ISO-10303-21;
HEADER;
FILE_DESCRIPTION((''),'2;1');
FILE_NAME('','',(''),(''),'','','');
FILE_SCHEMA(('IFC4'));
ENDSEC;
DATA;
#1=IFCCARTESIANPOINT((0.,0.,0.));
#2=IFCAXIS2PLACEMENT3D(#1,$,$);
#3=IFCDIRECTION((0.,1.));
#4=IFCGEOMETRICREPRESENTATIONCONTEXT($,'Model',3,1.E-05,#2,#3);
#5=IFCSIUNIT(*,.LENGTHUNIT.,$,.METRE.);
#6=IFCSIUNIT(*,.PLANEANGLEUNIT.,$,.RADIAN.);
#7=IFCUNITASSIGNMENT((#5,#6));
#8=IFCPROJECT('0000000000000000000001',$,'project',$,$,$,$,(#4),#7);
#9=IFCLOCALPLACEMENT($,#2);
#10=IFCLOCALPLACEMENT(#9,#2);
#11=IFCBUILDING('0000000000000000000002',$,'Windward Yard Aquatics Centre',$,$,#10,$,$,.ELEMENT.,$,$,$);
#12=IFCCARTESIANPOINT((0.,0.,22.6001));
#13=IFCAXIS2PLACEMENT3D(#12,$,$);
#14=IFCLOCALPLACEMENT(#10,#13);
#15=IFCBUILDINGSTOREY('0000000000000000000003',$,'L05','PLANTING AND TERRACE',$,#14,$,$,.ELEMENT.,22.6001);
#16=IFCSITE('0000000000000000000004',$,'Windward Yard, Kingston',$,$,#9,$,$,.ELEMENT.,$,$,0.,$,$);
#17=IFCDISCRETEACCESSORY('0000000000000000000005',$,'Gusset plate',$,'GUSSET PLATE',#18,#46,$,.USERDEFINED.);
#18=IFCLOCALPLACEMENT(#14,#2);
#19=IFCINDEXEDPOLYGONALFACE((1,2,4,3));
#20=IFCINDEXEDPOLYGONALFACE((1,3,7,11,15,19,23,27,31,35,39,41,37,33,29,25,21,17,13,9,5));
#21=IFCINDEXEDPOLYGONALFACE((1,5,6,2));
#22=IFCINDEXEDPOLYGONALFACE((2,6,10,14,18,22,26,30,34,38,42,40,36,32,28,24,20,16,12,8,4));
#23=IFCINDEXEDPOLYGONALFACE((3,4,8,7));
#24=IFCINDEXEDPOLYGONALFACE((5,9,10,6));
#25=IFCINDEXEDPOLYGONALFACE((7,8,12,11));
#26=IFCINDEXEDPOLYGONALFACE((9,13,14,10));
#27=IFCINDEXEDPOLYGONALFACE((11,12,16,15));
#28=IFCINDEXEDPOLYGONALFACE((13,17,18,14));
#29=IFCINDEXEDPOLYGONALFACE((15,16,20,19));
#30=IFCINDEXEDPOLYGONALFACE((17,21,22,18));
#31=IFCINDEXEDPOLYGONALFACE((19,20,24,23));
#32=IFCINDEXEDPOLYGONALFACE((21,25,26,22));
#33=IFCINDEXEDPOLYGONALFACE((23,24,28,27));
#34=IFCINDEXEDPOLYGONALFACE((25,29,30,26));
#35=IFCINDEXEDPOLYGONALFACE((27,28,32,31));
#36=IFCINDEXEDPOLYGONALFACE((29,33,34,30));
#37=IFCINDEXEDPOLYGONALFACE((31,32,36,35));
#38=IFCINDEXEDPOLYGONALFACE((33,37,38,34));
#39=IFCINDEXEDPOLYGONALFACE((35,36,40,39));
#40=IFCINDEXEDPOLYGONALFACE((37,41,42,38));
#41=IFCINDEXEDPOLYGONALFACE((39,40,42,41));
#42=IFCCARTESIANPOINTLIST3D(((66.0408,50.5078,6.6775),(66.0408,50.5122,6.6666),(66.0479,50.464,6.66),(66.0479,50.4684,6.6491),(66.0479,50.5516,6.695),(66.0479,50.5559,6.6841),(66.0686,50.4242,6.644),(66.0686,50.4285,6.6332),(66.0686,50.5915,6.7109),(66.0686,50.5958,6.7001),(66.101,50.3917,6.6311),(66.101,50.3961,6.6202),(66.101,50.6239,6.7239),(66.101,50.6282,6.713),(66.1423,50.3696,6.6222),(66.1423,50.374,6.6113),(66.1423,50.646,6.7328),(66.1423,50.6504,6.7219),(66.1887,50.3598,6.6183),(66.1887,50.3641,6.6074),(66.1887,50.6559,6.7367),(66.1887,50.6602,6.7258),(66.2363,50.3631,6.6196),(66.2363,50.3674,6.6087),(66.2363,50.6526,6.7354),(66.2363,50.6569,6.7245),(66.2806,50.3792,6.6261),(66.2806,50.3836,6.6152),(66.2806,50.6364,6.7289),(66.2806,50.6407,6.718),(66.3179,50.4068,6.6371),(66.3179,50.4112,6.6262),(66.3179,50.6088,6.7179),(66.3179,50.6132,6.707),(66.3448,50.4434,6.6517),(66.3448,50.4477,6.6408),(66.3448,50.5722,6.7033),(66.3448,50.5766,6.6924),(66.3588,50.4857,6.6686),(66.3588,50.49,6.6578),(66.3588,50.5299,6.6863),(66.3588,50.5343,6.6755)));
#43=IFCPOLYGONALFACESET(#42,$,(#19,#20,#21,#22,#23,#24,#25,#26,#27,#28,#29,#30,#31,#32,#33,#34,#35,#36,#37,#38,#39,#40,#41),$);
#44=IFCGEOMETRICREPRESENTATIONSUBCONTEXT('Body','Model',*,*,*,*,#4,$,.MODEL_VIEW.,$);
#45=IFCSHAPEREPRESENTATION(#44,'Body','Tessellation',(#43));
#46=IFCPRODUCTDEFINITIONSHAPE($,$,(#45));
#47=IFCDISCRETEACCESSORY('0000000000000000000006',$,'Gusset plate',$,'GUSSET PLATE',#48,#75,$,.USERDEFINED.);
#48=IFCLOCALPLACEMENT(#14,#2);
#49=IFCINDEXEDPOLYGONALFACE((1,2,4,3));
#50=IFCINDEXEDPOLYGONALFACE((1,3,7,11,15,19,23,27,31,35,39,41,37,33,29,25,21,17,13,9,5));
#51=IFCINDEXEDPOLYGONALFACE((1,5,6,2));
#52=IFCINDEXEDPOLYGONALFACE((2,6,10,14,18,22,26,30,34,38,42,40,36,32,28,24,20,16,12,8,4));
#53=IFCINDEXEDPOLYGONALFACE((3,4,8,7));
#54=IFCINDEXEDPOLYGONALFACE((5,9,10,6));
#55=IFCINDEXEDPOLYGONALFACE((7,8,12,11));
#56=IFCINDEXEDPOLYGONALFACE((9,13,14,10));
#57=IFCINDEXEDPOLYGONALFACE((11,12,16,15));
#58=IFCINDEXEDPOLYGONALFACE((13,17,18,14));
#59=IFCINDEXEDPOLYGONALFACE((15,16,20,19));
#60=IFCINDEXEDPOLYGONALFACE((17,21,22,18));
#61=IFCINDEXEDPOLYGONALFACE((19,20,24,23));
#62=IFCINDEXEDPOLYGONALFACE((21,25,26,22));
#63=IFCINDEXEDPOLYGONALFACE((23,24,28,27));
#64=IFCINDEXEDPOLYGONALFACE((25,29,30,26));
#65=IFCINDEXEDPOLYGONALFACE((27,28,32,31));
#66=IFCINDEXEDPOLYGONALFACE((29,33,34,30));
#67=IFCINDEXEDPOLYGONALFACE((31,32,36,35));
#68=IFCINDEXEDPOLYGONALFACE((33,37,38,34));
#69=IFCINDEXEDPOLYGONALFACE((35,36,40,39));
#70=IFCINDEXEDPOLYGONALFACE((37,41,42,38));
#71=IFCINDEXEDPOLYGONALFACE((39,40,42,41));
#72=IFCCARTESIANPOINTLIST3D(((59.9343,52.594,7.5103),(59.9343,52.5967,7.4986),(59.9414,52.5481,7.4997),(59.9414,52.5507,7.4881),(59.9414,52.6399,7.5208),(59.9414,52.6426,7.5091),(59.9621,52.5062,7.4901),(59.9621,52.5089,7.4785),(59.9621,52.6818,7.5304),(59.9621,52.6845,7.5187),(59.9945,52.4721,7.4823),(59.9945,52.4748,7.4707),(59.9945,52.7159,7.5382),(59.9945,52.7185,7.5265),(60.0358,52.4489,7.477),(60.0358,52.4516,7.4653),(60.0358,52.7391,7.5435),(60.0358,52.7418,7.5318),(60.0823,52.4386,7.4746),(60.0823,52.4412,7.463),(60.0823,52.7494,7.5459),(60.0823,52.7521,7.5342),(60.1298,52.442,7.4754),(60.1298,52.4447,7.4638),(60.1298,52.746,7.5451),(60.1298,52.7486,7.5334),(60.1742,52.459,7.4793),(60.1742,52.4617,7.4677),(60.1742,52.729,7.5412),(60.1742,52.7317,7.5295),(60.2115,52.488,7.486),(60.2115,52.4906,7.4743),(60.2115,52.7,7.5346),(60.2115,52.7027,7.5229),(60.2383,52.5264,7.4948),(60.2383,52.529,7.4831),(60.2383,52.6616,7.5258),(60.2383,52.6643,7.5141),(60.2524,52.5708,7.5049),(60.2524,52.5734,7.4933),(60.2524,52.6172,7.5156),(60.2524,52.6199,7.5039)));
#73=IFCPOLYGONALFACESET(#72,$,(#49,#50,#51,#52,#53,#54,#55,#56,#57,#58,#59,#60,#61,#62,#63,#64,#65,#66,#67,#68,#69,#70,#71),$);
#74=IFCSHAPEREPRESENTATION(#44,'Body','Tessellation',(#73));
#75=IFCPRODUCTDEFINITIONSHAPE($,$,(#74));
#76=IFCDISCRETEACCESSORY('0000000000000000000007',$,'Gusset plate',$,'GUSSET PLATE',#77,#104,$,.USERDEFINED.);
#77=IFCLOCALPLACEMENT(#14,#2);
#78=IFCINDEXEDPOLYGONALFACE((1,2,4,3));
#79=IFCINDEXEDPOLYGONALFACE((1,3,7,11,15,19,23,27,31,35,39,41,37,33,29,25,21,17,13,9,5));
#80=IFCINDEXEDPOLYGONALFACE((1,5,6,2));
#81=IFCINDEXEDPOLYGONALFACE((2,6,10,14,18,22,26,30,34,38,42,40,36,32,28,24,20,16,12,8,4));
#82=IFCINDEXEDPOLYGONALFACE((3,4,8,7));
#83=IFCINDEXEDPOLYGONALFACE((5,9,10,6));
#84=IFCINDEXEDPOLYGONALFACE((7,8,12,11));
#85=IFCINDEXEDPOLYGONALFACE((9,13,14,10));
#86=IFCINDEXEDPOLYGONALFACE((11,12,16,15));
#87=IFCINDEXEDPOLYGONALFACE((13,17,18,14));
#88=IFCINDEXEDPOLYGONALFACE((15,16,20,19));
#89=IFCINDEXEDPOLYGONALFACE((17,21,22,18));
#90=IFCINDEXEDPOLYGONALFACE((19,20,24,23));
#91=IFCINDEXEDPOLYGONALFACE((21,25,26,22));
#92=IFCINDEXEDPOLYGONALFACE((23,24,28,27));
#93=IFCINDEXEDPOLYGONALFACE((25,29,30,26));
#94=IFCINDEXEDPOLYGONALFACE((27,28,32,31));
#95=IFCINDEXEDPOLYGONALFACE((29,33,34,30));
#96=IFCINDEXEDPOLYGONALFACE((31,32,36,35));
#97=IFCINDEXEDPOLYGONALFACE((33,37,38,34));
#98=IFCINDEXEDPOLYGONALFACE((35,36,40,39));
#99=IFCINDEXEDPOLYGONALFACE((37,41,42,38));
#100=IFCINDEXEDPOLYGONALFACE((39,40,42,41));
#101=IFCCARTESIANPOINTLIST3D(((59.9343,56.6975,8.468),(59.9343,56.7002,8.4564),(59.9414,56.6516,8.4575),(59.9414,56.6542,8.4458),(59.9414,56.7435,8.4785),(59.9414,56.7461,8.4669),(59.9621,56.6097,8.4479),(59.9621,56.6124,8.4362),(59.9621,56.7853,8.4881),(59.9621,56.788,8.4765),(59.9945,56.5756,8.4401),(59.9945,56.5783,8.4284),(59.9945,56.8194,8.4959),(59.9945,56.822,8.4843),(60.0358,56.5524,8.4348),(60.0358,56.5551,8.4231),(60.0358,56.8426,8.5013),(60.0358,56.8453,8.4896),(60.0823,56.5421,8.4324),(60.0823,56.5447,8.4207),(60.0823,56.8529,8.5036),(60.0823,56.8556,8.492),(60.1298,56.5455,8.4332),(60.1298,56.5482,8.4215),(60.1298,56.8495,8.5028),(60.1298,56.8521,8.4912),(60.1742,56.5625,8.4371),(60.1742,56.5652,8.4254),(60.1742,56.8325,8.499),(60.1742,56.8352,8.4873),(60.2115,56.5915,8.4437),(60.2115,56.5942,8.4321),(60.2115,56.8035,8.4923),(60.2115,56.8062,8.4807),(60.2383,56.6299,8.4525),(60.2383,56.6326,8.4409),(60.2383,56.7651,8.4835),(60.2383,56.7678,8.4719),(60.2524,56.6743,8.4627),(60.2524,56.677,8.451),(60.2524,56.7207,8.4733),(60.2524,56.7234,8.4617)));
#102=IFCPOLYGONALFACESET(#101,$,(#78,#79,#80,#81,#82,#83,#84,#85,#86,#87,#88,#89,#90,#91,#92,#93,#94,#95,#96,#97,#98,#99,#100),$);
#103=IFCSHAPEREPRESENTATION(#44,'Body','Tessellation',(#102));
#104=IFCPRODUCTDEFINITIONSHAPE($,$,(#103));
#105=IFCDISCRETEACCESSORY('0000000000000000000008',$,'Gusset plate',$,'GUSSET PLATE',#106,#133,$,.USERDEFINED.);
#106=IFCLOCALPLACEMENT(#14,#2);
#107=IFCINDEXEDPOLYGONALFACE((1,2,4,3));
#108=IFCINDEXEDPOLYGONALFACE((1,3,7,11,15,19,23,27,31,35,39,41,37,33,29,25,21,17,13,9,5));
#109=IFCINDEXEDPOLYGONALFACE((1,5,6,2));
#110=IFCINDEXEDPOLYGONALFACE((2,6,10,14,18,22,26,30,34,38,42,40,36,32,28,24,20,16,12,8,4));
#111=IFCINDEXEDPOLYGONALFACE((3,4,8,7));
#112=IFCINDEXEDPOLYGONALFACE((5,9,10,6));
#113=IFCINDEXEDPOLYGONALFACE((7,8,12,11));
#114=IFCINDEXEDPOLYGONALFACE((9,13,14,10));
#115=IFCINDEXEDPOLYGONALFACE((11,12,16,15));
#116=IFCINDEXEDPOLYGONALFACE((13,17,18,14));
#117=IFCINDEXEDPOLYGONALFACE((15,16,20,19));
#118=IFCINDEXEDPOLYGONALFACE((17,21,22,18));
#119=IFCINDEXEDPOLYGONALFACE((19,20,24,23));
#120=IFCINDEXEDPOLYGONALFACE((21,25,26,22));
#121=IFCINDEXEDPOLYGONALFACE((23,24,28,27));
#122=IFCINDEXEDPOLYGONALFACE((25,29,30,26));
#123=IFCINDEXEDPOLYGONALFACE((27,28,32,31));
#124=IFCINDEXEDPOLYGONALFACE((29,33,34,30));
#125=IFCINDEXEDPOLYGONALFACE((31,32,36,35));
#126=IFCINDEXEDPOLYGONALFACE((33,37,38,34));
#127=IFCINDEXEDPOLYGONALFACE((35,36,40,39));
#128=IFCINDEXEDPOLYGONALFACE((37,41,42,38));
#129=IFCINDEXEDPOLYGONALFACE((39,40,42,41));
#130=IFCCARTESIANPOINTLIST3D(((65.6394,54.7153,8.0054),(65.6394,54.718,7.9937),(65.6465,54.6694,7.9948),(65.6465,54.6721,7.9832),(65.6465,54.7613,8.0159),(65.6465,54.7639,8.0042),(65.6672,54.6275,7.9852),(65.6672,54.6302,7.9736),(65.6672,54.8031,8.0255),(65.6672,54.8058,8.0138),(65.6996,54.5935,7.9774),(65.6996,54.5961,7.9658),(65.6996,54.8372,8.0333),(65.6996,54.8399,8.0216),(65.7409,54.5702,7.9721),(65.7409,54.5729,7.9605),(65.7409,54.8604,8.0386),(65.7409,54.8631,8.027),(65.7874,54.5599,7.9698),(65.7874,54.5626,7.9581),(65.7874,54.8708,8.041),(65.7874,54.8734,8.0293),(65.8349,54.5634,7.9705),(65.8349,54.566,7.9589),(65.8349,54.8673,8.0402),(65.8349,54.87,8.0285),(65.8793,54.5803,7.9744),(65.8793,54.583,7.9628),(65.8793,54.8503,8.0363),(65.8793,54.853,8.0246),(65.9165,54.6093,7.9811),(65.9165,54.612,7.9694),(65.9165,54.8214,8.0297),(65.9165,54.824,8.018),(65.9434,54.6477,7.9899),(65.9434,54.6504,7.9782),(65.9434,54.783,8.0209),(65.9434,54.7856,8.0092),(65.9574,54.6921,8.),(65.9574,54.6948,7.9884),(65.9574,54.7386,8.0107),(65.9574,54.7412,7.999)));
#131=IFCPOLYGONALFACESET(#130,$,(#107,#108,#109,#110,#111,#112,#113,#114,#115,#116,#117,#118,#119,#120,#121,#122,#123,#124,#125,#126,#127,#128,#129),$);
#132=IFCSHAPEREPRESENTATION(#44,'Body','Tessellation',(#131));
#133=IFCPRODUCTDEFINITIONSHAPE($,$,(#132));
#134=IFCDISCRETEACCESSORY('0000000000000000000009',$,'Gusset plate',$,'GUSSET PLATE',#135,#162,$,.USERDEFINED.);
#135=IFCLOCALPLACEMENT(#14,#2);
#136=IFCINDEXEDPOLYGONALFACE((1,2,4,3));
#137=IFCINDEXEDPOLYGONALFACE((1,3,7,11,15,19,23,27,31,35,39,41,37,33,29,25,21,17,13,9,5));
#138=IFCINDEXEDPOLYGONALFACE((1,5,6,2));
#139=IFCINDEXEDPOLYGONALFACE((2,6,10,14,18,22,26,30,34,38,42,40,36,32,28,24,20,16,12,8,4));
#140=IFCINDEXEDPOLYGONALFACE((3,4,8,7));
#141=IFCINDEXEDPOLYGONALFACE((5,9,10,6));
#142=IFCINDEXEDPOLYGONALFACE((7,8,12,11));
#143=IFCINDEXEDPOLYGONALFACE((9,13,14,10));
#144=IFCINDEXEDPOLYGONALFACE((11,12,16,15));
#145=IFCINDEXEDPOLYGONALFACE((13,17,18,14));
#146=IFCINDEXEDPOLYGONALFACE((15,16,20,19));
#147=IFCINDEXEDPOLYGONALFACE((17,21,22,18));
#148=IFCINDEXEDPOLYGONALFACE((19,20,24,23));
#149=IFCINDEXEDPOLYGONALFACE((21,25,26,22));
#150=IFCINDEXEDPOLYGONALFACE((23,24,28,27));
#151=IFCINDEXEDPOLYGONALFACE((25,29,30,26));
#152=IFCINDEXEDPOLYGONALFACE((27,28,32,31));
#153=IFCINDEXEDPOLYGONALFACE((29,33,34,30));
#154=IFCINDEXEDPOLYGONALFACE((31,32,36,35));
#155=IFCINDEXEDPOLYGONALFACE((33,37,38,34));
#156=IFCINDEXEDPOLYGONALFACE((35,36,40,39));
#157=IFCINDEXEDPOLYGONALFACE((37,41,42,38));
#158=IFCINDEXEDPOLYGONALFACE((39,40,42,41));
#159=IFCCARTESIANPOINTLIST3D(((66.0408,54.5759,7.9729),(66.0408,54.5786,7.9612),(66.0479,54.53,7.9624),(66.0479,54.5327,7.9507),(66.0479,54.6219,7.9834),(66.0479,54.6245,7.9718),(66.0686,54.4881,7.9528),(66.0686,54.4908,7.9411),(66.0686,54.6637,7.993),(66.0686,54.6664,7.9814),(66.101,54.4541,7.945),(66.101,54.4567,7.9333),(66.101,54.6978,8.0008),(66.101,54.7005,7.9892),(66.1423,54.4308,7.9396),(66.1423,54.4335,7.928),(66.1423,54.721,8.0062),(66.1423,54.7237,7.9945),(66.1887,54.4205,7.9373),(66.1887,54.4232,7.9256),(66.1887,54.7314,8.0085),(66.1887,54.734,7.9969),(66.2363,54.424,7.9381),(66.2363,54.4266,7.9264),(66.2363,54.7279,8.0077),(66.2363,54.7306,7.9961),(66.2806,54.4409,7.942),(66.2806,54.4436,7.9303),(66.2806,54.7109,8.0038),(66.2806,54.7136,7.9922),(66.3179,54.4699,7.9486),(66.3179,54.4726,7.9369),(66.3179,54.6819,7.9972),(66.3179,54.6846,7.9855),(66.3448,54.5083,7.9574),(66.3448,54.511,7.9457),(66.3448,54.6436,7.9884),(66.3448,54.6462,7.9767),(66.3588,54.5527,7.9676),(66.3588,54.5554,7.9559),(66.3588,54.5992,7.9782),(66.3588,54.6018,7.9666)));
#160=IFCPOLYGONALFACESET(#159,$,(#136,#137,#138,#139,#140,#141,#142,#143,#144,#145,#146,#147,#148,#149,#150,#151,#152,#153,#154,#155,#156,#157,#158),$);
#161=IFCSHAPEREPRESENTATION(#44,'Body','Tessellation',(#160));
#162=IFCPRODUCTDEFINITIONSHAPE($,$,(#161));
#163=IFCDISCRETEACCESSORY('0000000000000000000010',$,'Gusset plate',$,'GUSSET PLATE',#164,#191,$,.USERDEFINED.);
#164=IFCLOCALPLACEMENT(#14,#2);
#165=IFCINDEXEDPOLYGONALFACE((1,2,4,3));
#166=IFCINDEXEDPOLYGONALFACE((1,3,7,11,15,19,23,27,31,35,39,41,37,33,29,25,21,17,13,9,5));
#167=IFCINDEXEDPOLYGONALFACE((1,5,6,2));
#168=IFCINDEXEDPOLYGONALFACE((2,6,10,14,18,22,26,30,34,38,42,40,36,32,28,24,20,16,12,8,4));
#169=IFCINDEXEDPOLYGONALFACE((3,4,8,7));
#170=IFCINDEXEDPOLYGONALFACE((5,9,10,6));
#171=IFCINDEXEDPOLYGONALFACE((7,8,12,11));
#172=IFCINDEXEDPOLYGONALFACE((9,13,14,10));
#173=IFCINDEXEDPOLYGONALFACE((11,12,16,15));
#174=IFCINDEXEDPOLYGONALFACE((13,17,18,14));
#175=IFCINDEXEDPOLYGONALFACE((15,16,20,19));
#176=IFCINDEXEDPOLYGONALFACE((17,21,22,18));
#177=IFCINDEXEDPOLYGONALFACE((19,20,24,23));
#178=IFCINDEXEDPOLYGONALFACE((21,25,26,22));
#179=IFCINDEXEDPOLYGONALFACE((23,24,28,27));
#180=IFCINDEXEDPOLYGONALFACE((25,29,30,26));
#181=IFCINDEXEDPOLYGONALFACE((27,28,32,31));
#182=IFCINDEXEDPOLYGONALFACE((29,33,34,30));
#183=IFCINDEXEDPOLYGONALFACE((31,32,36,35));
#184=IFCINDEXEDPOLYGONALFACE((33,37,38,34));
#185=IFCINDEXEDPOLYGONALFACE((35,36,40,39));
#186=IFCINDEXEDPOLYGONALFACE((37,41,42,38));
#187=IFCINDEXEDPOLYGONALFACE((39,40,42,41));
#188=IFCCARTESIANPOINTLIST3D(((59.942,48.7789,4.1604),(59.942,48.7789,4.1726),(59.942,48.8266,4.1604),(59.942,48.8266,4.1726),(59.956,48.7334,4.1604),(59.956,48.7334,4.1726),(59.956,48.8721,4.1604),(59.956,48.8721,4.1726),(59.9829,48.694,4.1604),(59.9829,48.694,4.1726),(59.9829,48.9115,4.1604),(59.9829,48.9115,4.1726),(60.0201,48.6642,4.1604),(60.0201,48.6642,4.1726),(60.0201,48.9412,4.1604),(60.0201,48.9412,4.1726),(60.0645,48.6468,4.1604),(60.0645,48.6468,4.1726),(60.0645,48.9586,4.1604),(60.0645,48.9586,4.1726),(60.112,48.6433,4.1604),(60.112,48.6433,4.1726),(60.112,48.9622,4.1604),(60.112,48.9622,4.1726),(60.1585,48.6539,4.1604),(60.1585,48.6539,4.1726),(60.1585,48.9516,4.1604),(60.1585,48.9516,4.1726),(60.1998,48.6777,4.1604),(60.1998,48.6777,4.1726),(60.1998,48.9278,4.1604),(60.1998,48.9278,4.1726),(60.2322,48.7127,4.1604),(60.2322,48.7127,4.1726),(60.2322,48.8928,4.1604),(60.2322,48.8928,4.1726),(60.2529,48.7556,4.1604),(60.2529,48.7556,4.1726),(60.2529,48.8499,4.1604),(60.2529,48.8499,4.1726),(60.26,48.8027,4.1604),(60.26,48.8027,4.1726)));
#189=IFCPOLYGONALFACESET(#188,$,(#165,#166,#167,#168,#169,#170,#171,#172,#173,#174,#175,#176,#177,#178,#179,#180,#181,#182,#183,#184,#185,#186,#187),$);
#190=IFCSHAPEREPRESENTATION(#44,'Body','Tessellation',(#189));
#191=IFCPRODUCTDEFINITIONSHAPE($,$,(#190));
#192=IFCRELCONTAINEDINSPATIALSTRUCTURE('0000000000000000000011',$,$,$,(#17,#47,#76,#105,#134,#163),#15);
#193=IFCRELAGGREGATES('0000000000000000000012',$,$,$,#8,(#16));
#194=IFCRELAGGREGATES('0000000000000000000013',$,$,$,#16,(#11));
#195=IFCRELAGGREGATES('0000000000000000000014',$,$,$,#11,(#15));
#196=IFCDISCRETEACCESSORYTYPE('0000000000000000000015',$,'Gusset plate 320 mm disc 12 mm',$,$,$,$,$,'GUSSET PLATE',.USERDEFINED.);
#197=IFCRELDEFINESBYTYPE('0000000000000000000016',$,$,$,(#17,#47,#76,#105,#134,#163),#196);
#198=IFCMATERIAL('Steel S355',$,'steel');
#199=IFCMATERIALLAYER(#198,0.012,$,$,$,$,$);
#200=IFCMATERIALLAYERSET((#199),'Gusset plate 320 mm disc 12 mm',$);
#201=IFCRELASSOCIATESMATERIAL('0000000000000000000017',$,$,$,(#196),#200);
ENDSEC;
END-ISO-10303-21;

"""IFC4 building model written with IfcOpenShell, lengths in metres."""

from ifc_helpers import new_model, si_unit, direction, frame, origin, origin_2d, place, context, subcontext, project, spatial, circle, extrude, material, layer, layer_set, type_object, element, save


model = new_model("IFC4")

# Units and contexts
model_context = context("Model", 3, precision=1e-05, world=origin(), true_north=direction((0.0, 1.0)))
body_context = subcontext(model_context, "Body", "Model", "MODEL_VIEW")
ifc_project = project(units=[si_unit("LENGTHUNIT", "METRE"), si_unit("PLANEANGLEUNIT", "RADIAN")], contexts=[model_context])

# Site, building, storey
site_placement = place(None, origin())
site = spatial("IfcSite", under=ifc_project, at=site_placement, Name="Windward Yard, Kingston", CompositionType="ELEMENT", RefElevation=0.0)
building_placement = place(site_placement, origin())
building = spatial("IfcBuilding", under=site, at=building_placement, Name="Windward Yard Aquatics Centre", CompositionType="ELEMENT")
storey_placement = place(building_placement, frame((0.0, 0.0, 22.6001)))
storey = spatial("IfcBuildingStorey", under=building, at=storey_placement, Name="L05", Description="PLANTING AND TERRACE", CompositionType="ELEMENT", Elevation=22.6001)

# Discrete accessories
ifc_material_1 = material(Name="Steel S355", Category="steel")
ifc_layer = layer(ifc_material_1, 0.012)
ifc_layer_set = layer_set([ifc_layer], Name="Gusset plate 320 mm disc 12 mm")
discrete_accessory_type = type_object("IfcDiscreteAccessoryType", Name="Gusset plate 320 mm disc 12 mm", ElementType="GUSSET PLATE", PredefinedType="USERDEFINED", material=ifc_layer_set)
discrete_accessory_1_placement = place(storey_placement, frame((66.2007, 50.5078, 6.6775), z_axis=(0.0, 0.371391, -0.928477), x_axis=(-1.0, 0.0, 0.0)))
element("IfcDiscreteAccessory", 1, at=discrete_accessory_1_placement, inside=storey, type_object=discrete_accessory_type, Name="Gusset plate", ObjectType="GUSSET PLATE", PredefinedType="USERDEFINED", context=body_context, shape_type="SweptSolid", body=[
    extrude(circle(Radius=0.1599, at=origin_2d()), origin(), (0.0, 0.0, 1.0), 0.0117),
])
for number, where, z_axis, x_axis, name in (
    (2, (60.0942, 52.594, 7.5103), (0.0, 0.223376, -0.974732), (-1.0, 0.0, 0.0), "Gusset plate"),
    (3, (60.0942, 56.6975, 8.468), (0.0, 0.223376, -0.974732), (-1.0, 0.0, 0.0), "Gusset plate"),
    (4, (65.7993, 54.7153, 8.0054), (0.0, 0.223376, -0.974732), (-1.0, 0.0, 0.0), "Gusset plate"),
    (5, (66.2007, 54.5759, 7.9729), (0.0, 0.223376, -0.974732), (-1.0, 0.0, 0.0), "Gusset plate"),
):
    element("IfcDiscreteAccessory", number, at=place(storey_placement, frame(where, z_axis=z_axis, x_axis=x_axis)), inside=storey, type_object=discrete_accessory_type, Name=name, ObjectType="GUSSET PLATE", PredefinedType="USERDEFINED", context=body_context, shape_type="SweptSolid", body=[
        extrude(circle(Radius=0.1599, at=origin_2d()), origin(), (0.0, 0.0, 1.0), 0.012),
    ])
discrete_accessory_2_placement = place(storey_placement, frame((60.1001, 48.8027, 4.1604), z_axis=(0.0, 0.0, 1.0), x_axis=(1.0, 0.0, 0.0)))
element("IfcDiscreteAccessory", 6, at=discrete_accessory_2_placement, inside=storey, type_object=discrete_accessory_type, Name="Gusset plate", ObjectType="GUSSET PLATE", PredefinedType="USERDEFINED", context=body_context, shape_type="SweptSolid", body=[
    extrude(circle(Radius=0.1599, at=origin_2d()), origin(), (0.0, 0.0, 1.0), 0.0122),
])

save(model, "model.ifc")
